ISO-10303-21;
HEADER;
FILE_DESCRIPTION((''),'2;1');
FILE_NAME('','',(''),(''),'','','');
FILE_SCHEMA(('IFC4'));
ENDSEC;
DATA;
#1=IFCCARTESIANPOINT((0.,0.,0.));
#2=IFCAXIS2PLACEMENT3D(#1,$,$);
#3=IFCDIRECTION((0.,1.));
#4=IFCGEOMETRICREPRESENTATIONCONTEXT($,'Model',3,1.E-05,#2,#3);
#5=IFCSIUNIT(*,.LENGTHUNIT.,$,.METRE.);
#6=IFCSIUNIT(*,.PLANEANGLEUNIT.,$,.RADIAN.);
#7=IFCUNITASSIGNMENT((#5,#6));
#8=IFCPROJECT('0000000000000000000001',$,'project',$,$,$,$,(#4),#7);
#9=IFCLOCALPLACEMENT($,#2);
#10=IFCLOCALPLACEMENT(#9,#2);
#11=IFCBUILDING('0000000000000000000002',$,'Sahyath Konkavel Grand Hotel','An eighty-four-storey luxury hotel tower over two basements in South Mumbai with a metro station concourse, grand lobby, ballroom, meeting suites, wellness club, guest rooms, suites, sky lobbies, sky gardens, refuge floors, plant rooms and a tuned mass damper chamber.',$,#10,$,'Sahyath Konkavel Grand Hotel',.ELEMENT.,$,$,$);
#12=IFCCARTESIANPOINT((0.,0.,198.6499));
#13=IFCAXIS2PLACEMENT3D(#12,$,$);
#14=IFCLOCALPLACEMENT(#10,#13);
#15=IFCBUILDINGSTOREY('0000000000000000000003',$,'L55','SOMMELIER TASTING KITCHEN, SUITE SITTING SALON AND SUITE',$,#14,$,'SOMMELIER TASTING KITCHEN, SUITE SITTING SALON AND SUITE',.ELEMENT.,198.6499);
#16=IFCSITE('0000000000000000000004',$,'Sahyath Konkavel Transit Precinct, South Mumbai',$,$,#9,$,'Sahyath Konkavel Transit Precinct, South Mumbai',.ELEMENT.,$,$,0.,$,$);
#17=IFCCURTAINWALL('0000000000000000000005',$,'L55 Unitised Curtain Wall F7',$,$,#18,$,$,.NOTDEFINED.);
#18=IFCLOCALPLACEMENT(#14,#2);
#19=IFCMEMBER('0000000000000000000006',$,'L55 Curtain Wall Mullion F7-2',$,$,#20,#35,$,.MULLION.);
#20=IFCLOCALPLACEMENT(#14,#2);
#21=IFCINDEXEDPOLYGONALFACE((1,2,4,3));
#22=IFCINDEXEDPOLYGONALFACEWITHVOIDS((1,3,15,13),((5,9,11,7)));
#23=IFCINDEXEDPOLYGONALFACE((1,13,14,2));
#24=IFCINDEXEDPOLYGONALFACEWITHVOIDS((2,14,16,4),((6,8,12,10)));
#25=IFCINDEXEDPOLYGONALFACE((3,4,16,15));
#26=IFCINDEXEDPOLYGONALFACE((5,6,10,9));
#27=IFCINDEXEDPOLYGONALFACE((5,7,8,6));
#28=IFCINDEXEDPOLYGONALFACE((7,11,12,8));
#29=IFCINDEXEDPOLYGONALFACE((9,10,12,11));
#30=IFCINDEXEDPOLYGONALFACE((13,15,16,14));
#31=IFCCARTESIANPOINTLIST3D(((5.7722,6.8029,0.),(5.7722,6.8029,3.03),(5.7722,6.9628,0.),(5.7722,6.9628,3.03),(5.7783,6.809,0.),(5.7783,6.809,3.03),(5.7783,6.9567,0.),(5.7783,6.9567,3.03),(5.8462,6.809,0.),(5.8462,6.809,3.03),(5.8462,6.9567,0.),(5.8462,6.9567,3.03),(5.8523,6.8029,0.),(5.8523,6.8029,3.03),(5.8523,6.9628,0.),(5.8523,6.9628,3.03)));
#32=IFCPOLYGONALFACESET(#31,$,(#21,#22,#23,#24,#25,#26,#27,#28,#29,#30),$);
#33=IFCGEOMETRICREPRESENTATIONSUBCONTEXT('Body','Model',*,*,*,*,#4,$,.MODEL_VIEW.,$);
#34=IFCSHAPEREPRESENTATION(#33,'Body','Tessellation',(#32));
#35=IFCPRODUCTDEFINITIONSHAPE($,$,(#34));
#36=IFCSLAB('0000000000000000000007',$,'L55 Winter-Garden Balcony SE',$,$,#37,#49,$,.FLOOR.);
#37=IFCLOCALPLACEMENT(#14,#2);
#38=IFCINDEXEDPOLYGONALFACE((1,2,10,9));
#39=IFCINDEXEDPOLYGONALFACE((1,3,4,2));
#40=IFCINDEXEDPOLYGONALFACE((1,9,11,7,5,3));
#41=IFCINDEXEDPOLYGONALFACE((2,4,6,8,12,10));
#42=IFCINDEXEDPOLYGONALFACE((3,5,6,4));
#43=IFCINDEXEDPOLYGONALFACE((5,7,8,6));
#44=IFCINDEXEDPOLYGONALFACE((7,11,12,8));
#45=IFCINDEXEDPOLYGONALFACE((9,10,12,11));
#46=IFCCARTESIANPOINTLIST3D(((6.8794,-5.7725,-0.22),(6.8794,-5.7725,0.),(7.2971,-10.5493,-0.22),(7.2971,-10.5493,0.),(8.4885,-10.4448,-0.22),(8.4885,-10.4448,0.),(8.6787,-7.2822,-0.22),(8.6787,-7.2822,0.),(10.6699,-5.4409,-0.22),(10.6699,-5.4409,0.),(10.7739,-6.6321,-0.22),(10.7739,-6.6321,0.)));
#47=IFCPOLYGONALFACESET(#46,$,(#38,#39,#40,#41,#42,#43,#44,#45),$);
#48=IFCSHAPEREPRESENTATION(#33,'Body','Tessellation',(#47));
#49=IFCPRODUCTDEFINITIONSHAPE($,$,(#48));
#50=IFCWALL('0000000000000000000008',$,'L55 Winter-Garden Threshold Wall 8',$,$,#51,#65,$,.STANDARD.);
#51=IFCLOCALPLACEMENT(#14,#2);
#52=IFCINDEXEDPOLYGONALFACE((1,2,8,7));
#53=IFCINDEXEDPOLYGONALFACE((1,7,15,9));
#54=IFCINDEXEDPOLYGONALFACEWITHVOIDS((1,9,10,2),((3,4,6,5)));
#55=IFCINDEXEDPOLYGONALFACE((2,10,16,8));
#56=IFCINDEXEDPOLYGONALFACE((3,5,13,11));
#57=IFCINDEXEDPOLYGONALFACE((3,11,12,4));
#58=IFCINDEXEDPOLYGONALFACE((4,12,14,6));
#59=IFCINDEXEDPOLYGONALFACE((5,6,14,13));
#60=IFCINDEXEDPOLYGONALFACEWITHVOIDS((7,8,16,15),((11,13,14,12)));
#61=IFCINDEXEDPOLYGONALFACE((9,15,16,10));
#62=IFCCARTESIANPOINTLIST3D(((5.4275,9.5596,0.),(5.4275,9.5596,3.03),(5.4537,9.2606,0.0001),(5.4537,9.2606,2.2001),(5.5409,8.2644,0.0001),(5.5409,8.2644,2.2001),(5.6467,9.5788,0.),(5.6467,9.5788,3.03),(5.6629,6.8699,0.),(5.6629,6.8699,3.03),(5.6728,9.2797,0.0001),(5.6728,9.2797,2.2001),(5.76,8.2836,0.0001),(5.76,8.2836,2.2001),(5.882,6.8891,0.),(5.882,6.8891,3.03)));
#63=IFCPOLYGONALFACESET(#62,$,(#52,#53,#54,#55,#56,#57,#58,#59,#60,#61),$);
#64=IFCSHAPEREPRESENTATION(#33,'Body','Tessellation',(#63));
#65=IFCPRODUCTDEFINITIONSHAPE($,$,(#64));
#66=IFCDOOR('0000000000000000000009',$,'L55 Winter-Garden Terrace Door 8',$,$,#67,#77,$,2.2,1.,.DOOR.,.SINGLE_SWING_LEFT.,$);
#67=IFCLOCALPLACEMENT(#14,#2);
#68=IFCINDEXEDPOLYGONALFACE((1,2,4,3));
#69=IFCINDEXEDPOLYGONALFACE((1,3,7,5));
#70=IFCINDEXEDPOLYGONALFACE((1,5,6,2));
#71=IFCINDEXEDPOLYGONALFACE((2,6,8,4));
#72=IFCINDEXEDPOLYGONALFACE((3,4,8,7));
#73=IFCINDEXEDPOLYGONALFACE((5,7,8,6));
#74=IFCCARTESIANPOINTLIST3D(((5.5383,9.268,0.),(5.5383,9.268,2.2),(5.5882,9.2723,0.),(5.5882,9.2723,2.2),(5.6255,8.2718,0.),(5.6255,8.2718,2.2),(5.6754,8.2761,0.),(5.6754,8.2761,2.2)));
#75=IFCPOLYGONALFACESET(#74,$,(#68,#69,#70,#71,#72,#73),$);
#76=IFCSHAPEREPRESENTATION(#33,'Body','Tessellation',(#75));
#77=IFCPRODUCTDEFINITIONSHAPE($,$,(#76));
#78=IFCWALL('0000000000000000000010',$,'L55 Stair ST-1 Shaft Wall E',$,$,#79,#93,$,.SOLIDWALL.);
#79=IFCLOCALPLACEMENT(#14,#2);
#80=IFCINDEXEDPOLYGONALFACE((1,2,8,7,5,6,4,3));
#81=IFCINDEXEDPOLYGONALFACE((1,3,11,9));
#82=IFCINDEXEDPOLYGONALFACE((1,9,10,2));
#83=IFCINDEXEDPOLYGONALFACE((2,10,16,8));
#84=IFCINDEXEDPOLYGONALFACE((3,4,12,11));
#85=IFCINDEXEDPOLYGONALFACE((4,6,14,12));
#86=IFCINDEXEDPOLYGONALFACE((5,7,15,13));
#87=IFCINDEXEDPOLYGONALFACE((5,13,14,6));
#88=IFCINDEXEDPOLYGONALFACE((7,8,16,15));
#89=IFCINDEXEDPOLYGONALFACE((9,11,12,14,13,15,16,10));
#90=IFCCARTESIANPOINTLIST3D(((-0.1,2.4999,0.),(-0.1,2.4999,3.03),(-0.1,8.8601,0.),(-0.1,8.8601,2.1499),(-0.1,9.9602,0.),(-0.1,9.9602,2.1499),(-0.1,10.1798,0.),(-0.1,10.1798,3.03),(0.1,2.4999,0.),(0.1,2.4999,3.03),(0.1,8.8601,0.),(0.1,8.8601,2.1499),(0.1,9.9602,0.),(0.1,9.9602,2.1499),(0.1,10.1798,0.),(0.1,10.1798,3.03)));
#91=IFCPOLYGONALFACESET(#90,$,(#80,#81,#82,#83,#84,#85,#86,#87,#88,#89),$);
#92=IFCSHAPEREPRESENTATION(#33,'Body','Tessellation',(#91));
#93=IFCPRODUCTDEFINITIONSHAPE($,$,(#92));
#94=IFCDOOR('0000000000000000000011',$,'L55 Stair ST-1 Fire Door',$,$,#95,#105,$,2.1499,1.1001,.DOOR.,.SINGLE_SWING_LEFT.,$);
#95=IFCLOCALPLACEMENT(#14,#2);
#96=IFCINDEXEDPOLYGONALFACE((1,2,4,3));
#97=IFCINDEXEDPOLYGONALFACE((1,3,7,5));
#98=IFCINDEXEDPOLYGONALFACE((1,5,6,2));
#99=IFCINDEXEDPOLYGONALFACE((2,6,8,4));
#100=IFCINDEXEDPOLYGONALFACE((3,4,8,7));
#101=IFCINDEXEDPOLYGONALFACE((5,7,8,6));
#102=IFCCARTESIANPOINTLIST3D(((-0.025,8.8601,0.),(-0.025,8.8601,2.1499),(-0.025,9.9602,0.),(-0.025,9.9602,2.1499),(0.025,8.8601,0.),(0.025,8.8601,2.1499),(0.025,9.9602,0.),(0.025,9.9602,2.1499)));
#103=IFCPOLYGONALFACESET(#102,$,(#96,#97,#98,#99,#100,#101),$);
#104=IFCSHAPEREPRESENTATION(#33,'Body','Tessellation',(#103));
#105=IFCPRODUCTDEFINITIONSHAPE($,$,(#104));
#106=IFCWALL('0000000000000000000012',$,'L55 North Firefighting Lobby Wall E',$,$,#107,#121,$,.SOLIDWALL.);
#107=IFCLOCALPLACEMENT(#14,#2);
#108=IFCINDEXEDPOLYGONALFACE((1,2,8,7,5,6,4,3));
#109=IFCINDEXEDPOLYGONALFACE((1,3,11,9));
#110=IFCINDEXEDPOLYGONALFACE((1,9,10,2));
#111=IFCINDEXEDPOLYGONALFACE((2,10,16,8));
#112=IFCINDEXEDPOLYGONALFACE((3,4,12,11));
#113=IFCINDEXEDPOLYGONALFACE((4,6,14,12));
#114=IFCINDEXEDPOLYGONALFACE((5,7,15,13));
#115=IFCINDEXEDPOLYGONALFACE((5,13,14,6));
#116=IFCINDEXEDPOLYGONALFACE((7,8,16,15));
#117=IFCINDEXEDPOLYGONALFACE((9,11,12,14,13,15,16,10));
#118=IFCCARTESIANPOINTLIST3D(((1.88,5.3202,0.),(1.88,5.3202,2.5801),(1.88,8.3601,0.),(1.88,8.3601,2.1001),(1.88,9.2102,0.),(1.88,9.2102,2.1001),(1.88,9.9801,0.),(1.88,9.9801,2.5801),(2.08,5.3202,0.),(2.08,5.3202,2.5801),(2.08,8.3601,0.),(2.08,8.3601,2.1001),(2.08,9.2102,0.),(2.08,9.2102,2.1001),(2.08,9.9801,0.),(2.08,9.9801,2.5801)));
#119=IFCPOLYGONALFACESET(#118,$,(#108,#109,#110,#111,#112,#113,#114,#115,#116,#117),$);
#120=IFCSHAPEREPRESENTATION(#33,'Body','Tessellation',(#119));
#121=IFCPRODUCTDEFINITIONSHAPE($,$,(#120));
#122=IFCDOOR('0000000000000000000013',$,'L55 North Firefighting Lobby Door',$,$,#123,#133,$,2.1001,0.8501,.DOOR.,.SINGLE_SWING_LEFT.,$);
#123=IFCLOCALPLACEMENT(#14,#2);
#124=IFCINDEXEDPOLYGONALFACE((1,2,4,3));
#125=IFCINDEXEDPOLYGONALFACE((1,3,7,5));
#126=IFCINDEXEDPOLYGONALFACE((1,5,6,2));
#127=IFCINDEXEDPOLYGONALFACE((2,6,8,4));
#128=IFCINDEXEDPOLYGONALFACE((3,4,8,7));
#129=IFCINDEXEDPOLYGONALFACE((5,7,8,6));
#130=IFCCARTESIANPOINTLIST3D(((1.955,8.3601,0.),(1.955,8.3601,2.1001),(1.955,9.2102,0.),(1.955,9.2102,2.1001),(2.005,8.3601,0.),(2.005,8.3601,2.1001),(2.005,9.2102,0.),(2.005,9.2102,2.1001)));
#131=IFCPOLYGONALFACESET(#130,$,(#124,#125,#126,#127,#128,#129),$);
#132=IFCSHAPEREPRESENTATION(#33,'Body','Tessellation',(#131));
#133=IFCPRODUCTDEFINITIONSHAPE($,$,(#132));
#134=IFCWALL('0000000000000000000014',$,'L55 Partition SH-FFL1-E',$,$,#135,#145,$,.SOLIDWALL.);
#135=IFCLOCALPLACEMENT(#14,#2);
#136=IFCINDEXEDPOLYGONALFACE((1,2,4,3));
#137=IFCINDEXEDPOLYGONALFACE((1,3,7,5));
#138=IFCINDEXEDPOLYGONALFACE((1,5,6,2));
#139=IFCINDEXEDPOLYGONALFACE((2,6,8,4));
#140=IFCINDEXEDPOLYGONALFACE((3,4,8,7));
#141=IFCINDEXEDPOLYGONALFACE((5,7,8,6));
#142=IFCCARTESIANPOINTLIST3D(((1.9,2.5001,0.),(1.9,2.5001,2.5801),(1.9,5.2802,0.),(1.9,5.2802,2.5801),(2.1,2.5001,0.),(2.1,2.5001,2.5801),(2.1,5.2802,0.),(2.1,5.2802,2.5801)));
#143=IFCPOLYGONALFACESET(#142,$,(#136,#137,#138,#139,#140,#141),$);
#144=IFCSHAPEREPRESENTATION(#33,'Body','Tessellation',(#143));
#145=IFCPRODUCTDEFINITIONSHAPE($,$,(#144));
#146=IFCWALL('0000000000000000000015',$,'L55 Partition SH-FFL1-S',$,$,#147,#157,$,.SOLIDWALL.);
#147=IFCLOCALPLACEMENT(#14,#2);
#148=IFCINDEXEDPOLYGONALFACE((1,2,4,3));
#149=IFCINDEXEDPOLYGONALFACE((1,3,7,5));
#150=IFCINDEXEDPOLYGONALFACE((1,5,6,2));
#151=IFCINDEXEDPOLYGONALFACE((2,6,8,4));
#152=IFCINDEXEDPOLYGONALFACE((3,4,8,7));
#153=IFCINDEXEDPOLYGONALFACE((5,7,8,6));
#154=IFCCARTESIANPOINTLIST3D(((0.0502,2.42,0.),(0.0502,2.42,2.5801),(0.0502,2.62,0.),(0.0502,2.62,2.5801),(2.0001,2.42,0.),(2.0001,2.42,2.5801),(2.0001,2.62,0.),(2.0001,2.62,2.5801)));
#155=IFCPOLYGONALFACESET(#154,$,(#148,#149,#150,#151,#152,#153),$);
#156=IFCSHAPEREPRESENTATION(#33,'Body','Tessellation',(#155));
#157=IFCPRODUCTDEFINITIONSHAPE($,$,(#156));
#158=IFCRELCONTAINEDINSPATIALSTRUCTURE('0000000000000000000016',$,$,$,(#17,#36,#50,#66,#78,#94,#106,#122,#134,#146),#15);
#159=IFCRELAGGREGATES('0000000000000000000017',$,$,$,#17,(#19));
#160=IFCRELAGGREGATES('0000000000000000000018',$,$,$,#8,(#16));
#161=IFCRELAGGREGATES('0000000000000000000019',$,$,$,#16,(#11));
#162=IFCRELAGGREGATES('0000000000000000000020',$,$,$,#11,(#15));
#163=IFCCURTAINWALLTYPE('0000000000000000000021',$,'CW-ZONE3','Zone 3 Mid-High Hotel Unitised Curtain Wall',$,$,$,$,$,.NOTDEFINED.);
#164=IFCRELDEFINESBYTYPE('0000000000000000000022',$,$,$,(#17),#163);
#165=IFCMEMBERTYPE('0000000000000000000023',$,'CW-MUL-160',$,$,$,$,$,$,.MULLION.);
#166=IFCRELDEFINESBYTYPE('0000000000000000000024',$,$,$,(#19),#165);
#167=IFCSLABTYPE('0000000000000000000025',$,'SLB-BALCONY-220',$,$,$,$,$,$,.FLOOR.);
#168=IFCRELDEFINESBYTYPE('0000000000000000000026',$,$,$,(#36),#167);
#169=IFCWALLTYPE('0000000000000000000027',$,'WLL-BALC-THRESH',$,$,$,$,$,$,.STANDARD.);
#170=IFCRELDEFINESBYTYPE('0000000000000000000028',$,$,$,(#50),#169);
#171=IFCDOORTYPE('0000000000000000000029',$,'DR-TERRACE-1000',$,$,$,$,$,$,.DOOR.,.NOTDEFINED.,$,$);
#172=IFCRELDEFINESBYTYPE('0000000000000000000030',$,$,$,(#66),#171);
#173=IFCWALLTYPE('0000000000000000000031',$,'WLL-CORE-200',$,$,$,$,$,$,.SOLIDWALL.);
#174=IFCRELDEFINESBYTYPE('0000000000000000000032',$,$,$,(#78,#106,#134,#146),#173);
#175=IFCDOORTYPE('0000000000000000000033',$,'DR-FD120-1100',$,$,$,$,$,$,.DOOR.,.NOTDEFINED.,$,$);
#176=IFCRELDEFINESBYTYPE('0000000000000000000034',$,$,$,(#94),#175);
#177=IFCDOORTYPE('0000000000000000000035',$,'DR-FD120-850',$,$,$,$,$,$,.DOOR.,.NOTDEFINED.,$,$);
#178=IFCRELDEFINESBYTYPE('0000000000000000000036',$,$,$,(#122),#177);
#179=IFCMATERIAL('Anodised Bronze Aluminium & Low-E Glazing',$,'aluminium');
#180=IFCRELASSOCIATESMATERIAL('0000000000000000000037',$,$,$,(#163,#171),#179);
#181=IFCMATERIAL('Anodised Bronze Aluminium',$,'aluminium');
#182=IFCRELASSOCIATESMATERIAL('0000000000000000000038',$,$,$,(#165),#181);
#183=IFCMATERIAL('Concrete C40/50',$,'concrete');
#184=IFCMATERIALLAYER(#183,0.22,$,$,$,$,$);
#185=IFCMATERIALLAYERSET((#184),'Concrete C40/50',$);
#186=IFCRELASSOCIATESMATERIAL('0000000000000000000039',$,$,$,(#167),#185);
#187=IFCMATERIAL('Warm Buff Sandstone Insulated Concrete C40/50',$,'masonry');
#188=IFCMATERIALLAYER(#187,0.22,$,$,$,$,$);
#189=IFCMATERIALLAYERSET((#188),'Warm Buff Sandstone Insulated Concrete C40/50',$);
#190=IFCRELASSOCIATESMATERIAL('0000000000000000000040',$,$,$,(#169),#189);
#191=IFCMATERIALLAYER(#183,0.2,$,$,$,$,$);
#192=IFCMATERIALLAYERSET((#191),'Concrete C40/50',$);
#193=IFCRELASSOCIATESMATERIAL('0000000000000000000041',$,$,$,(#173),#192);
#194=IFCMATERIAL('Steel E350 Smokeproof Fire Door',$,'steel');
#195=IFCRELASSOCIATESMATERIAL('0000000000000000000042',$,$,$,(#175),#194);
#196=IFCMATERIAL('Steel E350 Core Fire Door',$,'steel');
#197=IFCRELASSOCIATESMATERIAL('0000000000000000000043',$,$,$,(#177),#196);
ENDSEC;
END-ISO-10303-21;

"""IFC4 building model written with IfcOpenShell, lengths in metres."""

from ifc_helpers import new_model, si_unit, direction, frame, frame_2d, origin, origin_2d, place, context, subcontext, project, spatial, polyline, rectangle, hollow_rectangle, outline, extrude, source, transform, mapped, material, layer, layer_set, material_profile, profile_set, type_object, element, fill, aggregate, save


model = new_model("IFC4")

# Units and contexts
model_context = context("Model", 3, precision=1e-05, world=origin(), true_north=direction((0.0, 1.0)))
body_context = subcontext(model_context, "Body", "Model", "MODEL_VIEW")
ifc_project = project(units=[si_unit("LENGTHUNIT", "METRE"), si_unit("PLANEANGLEUNIT", "RADIAN")], contexts=[model_context])

# Site, building, storey
site_placement = place(None, origin())
site = spatial("IfcSite", under=ifc_project, at=site_placement, Name="Sahyath Konkavel Transit Precinct, South Mumbai", LongName="Sahyath Konkavel Transit Precinct, South Mumbai", CompositionType="ELEMENT", RefElevation=0.0)
building_placement = place(site_placement, origin())
building = spatial("IfcBuilding", under=site, at=building_placement, Name="Sahyath Konkavel Grand Hotel", Description="An eighty-four-storey luxury hotel tower over two basements in South Mumbai with a metro station concourse, grand lobby, ballroom, meeting suites, wellness club, guest rooms, suites, sky lobbies, sky gardens, refuge floors, plant rooms and a tuned mass damper chamber.", LongName="Sahyath Konkavel Grand Hotel", CompositionType="ELEMENT")
storey_placement = place(building_placement, frame((0.0, 0.0, 198.6499)))
storey = spatial("IfcBuildingStorey", under=building, at=storey_placement, Name="L55", Description="SOMMELIER TASTING KITCHEN, SUITE SITTING SALON AND SUITE", LongName="SOMMELIER TASTING KITCHEN, SUITE SITTING SALON AND SUITE", CompositionType="ELEMENT", Elevation=198.6499)

# Curtain wall, member
ifc_material_1 = material(Name="Anodised Bronze Aluminium & Low-E Glazing", Category="aluminium")
curtain_wall_type = type_object("IfcCurtainWallType", Name="CW-ZONE3", Description="Zone 3 Mid-High Hotel Unitised Curtain Wall", PredefinedType="NOTDEFINED", material=ifc_material_1)
curtain_wall_placement = place(storey_placement, origin())
curtain_wall = element("IfcCurtainWall", 1, at=curtain_wall_placement, inside=storey, type_object=curtain_wall_type, Name="L55 Unitised Curtain Wall F7", PredefinedType="NOTDEFINED")
ifc_material_2 = material(Name="Anodised Bronze Aluminium", Category="aluminium")
ifc_material_profile_1 = material_profile(ifc_material_2, hollow_rectangle(XDim=0.0801, YDim=0.1599, WallThickness=0.0061, at=origin_2d()), Name="RHS 160x80x6")
ifc_profile_set_1 = profile_set([ifc_material_profile_1], Name="Anodised Bronze Aluminium")
member_type = type_object("IfcMemberType", Name="CW-MUL-160", PredefinedType="MULLION", material=ifc_profile_set_1)
shared_shape_1 = source(origin(), body_context, "Body", "SweptSolid", [
    extrude(hollow_rectangle(XDim=0.0801, YDim=0.1599, WallThickness=0.0061, at=origin_2d()), origin(), (0.0, 0.0, 1.0), 3.03),
])
member_placement = place(storey_placement, frame((5.8123, 6.8828, 0.0), z_axis=(0.0, 0.0, 1.0), x_axis=(1.0, 0.0, 0.0)))
member = element("IfcMember", 2, at=member_placement, type_object=member_type, Name="L55 Curtain Wall Mullion F7-2", PredefinedType="MULLION", context=body_context, shape_type="MappedRepresentation", body=[
    mapped(shared_shape_1, transform((0.0, 0.0, 0.0), scale=1.0)),
])
aggregate(curtain_wall, [member])

# Slab
ifc_material_3 = material(Name="Concrete C40/50", Category="concrete")
ifc_layer_1 = layer(ifc_material_3, 0.22)
ifc_layer_set_1 = layer_set([ifc_layer_1], Name="Concrete C40/50")
slab_type = type_object("IfcSlabType", Name="SLB-BALCONY-220", PredefinedType="FLOOR", material=ifc_layer_set_1)
slab_placement = place(storey_placement, frame((0.0, 0.0, -0.22)))
element("IfcSlab", 3, at=slab_placement, inside=storey, type_object=slab_type, Name="L55 Winter-Garden Balcony SE", PredefinedType="FLOOR", context=body_context, shape_type="SweptSolid", body=[
    extrude(outline(polyline([(6.8794, -5.7725), (7.2971, -10.5493), (8.4885, -10.4448), (8.6787, -7.2822), (10.7739, -6.6321), (10.6699, -5.4409), (6.8794, -5.7725)])), origin(), (0.0, 0.0, 1.0), 0.22),
])

# Walls, openings, doors
ifc_material_4 = material(Name="Warm Buff Sandstone Insulated Concrete C40/50", Category="masonry")
ifc_layer_2 = layer(ifc_material_4, 0.22)
ifc_layer_set_2 = layer_set([ifc_layer_2], Name="Warm Buff Sandstone Insulated Concrete C40/50")
wall_type_1 = type_object("IfcWallType", Name="WLL-BALC-THRESH", PredefinedType="STANDARD", material=ifc_layer_set_2)
wall_1_placement = place(storey_placement, frame((5.7725, 6.8794, 0.0), z_axis=(0.0, 0.0, 1.0), x_axis=(-0.087168, 0.996194, 0.0)))
wall_1 = element("IfcWall", 4, at=wall_1_placement, inside=storey, type_object=wall_type_1, Name="L55 Winter-Garden Threshold Wall 8", PredefinedType="STANDARD", context=body_context, shape_type="SweptSolid", body=[
    extrude(rectangle(XDim=2.7, YDim=0.22, at=frame_2d((1.3501, 0.0))), origin(), (0.0, 0.0, 1.0), 3.03),
])
opening_1_placement = place(wall_1_placement, frame((1.3999, 0.0, 0.0)))
opening_1 = element("IfcOpeningElement", 5, at=opening_1_placement, cuts=wall_1, PredefinedType="OPENING", context=body_context, shape_type="SweptSolid", body=[
    extrude(rectangle(XDim=1.0, YDim=2.2, at=frame_2d((0.5, 1.1001))), frame((0.0, 0.1201, 0.0), z_axis=(0.0, -1.0, 0.0), x_axis=(1.0, 0.0, 0.0)), (0.0, 0.0, 1.0), 0.24),
])
door_type_1 = type_object("IfcDoorType", Name="DR-TERRACE-1000", OperationType="NOTDEFINED", PredefinedType="DOOR", material=ifc_material_1)
shared_shape_2 = source(origin(), body_context, "Body", "SweptSolid", [
    extrude(rectangle(XDim=1.0, YDim=0.05, at=origin_2d()), origin(), (0.0, 0.0, 1.0), 2.2),
])
door_1_placement = place(opening_1_placement, frame((0.5, 0.0, 0.0)))
door_1 = element("IfcDoor", 6, at=door_1_placement, inside=storey, type_object=door_type_1, Name="L55 Winter-Garden Terrace Door 8", OperationType="SINGLE_SWING_LEFT", OverallHeight=2.2, OverallWidth=1.0, PredefinedType="DOOR", context=body_context, shape_type="MappedRepresentation", body=[
    mapped(shared_shape_2, transform((0.0, 0.0, 0.0), scale=1.0)),
])
fill(opening_1, door_1)
ifc_layer_3 = layer(ifc_material_3, 0.2)
ifc_layer_set_3 = layer_set([ifc_layer_3], Name="Concrete C40/50")
wall_type_2 = type_object("IfcWallType", Name="WLL-CORE-200", PredefinedType="SOLIDWALL", material=ifc_layer_set_3)
wall_2_placement = place(storey_placement, frame((0.0, 2.5, 0.0), z_axis=(0.0, 0.0, 1.0), x_axis=(0.0, 1.0, 0.0)))
wall_2 = element("IfcWall", 7, at=wall_2_placement, inside=storey, type_object=wall_type_2, Name="L55 Stair ST-1 Shaft Wall E", PredefinedType="SOLIDWALL", context=body_context, shape_type="SweptSolid", body=[
    extrude(rectangle(XDim=7.6799, YDim=0.2, at=frame_2d((3.8398, 0.0))), origin(), (0.0, 0.0, 1.0), 3.03),
])
opening_2_placement = place(wall_2_placement, frame((6.3601, 0.0, 0.0)))
opening_2 = element("IfcOpeningElement", 8, at=opening_2_placement, cuts=wall_2, PredefinedType="OPENING", context=body_context, shape_type="SweptSolid", body=[
    extrude(rectangle(XDim=1.1001, YDim=2.1499, at=frame_2d((0.55, 1.075))), frame((0.0, 0.1099, 0.0), z_axis=(0.0, -1.0, 0.0), x_axis=(1.0, 0.0, 0.0)), (0.0, 0.0, 1.0), 0.22),
])
ifc_material_5 = material(Name="Steel E350 Smokeproof Fire Door", Category="steel")
door_type_2 = type_object("IfcDoorType", Name="DR-FD120-1100", OperationType="NOTDEFINED", PredefinedType="DOOR", material=ifc_material_5)
shared_shape_3 = source(origin(), body_context, "Body", "SweptSolid", [
    extrude(rectangle(XDim=1.1001, YDim=0.05, at=origin_2d()), origin(), (0.0, 0.0, 1.0), 2.1499),
])
door_2_placement = place(opening_2_placement, frame((0.55, 0.0, 0.0)))
door_2 = element("IfcDoor", 9, at=door_2_placement, inside=storey, type_object=door_type_2, Name="L55 Stair ST-1 Fire Door", OperationType="SINGLE_SWING_LEFT", OverallHeight=2.1499, OverallWidth=1.1001, PredefinedType="DOOR", context=body_context, shape_type="MappedRepresentation", body=[
    mapped(shared_shape_3, transform((0.0, 0.0, 0.0), scale=1.0)),
])
fill(opening_2, door_2)
wall_3_placement = place(storey_placement, frame((1.98, 5.3201, 0.0), z_axis=(0.0, 0.0, 1.0), x_axis=(0.0, 1.0, 0.0)))
wall_3 = element("IfcWall", 10, at=wall_3_placement, inside=storey, type_object=wall_type_2, Name="L55 North Firefighting Lobby Wall E", PredefinedType="SOLIDWALL", context=body_context, shape_type="SweptSolid", body=[
    extrude(rectangle(XDim=4.6599, YDim=0.2, at=frame_2d((2.3301, 0.0))), origin(), (0.0, 0.0, 1.0), 2.5801),
])
opening_3_placement = place(wall_3_placement, frame((3.04, 0.0, 0.0)))
opening_3 = element("IfcOpeningElement", 11, at=opening_3_placement, cuts=wall_3, PredefinedType="OPENING", context=body_context, shape_type="SweptSolid", body=[
    extrude(rectangle(XDim=0.8501, YDim=2.1001, at=frame_2d((0.425, 1.05))), frame((0.0, 0.1099, 0.0), z_axis=(0.0, -1.0, 0.0), x_axis=(1.0, 0.0, 0.0)), (0.0, 0.0, 1.0), 0.22),
])
ifc_material_6 = material(Name="Steel E350 Core Fire Door", Category="steel")
door_type_3 = type_object("IfcDoorType", Name="DR-FD120-850", OperationType="NOTDEFINED", PredefinedType="DOOR", material=ifc_material_6)
shared_shape_4 = source(origin(), body_context, "Body", "SweptSolid", [
    extrude(rectangle(XDim=0.8501, YDim=0.05, at=origin_2d()), origin(), (0.0, 0.0, 1.0), 2.1001),
])
door_3_placement = place(opening_3_placement, frame((0.425, 0.0, 0.0)))
door_3 = element("IfcDoor", 12, at=door_3_placement, inside=storey, type_object=door_type_3, Name="L55 North Firefighting Lobby Door", OperationType="SINGLE_SWING_LEFT", OverallHeight=2.1001, OverallWidth=0.8501, PredefinedType="DOOR", context=body_context, shape_type="MappedRepresentation", body=[
    mapped(shared_shape_4, transform((0.0, 0.0, 0.0), scale=1.0)),
])
fill(opening_3, door_3)

# Walls
wall_4_placement = place(storey_placement, frame((2.0, 2.5, 0.0), z_axis=(0.0, 0.0, 1.0), x_axis=(0.0, 1.0, 0.0)))
element("IfcWall", 13, at=wall_4_placement, inside=storey, type_object=wall_type_2, Name="L55 Partition SH-FFL1-E", PredefinedType="SOLIDWALL", context=body_context, shape_type="SweptSolid", body=[
    extrude(rectangle(XDim=2.78, YDim=0.2, at=frame_2d((1.3901, 0.0))), origin(), (0.0, 0.0, 1.0), 2.5801),
])
wall_5_placement = place(storey_placement, frame((0.05, 2.52, 0.0), z_axis=(0.0, 0.0, 1.0), x_axis=(1.0, 0.0, 0.0)))
element("IfcWall", 14, at=wall_5_placement, inside=storey, type_object=wall_type_2, Name="L55 Partition SH-FFL1-S", PredefinedType="SOLIDWALL", context=body_context, shape_type="SweptSolid", body=[
    extrude(rectangle(XDim=1.95, YDim=0.2, at=frame_2d((0.9751, 0.0))), origin(), (0.0, 0.0, 1.0), 2.5801),
])

save(model, "model.ifc")
